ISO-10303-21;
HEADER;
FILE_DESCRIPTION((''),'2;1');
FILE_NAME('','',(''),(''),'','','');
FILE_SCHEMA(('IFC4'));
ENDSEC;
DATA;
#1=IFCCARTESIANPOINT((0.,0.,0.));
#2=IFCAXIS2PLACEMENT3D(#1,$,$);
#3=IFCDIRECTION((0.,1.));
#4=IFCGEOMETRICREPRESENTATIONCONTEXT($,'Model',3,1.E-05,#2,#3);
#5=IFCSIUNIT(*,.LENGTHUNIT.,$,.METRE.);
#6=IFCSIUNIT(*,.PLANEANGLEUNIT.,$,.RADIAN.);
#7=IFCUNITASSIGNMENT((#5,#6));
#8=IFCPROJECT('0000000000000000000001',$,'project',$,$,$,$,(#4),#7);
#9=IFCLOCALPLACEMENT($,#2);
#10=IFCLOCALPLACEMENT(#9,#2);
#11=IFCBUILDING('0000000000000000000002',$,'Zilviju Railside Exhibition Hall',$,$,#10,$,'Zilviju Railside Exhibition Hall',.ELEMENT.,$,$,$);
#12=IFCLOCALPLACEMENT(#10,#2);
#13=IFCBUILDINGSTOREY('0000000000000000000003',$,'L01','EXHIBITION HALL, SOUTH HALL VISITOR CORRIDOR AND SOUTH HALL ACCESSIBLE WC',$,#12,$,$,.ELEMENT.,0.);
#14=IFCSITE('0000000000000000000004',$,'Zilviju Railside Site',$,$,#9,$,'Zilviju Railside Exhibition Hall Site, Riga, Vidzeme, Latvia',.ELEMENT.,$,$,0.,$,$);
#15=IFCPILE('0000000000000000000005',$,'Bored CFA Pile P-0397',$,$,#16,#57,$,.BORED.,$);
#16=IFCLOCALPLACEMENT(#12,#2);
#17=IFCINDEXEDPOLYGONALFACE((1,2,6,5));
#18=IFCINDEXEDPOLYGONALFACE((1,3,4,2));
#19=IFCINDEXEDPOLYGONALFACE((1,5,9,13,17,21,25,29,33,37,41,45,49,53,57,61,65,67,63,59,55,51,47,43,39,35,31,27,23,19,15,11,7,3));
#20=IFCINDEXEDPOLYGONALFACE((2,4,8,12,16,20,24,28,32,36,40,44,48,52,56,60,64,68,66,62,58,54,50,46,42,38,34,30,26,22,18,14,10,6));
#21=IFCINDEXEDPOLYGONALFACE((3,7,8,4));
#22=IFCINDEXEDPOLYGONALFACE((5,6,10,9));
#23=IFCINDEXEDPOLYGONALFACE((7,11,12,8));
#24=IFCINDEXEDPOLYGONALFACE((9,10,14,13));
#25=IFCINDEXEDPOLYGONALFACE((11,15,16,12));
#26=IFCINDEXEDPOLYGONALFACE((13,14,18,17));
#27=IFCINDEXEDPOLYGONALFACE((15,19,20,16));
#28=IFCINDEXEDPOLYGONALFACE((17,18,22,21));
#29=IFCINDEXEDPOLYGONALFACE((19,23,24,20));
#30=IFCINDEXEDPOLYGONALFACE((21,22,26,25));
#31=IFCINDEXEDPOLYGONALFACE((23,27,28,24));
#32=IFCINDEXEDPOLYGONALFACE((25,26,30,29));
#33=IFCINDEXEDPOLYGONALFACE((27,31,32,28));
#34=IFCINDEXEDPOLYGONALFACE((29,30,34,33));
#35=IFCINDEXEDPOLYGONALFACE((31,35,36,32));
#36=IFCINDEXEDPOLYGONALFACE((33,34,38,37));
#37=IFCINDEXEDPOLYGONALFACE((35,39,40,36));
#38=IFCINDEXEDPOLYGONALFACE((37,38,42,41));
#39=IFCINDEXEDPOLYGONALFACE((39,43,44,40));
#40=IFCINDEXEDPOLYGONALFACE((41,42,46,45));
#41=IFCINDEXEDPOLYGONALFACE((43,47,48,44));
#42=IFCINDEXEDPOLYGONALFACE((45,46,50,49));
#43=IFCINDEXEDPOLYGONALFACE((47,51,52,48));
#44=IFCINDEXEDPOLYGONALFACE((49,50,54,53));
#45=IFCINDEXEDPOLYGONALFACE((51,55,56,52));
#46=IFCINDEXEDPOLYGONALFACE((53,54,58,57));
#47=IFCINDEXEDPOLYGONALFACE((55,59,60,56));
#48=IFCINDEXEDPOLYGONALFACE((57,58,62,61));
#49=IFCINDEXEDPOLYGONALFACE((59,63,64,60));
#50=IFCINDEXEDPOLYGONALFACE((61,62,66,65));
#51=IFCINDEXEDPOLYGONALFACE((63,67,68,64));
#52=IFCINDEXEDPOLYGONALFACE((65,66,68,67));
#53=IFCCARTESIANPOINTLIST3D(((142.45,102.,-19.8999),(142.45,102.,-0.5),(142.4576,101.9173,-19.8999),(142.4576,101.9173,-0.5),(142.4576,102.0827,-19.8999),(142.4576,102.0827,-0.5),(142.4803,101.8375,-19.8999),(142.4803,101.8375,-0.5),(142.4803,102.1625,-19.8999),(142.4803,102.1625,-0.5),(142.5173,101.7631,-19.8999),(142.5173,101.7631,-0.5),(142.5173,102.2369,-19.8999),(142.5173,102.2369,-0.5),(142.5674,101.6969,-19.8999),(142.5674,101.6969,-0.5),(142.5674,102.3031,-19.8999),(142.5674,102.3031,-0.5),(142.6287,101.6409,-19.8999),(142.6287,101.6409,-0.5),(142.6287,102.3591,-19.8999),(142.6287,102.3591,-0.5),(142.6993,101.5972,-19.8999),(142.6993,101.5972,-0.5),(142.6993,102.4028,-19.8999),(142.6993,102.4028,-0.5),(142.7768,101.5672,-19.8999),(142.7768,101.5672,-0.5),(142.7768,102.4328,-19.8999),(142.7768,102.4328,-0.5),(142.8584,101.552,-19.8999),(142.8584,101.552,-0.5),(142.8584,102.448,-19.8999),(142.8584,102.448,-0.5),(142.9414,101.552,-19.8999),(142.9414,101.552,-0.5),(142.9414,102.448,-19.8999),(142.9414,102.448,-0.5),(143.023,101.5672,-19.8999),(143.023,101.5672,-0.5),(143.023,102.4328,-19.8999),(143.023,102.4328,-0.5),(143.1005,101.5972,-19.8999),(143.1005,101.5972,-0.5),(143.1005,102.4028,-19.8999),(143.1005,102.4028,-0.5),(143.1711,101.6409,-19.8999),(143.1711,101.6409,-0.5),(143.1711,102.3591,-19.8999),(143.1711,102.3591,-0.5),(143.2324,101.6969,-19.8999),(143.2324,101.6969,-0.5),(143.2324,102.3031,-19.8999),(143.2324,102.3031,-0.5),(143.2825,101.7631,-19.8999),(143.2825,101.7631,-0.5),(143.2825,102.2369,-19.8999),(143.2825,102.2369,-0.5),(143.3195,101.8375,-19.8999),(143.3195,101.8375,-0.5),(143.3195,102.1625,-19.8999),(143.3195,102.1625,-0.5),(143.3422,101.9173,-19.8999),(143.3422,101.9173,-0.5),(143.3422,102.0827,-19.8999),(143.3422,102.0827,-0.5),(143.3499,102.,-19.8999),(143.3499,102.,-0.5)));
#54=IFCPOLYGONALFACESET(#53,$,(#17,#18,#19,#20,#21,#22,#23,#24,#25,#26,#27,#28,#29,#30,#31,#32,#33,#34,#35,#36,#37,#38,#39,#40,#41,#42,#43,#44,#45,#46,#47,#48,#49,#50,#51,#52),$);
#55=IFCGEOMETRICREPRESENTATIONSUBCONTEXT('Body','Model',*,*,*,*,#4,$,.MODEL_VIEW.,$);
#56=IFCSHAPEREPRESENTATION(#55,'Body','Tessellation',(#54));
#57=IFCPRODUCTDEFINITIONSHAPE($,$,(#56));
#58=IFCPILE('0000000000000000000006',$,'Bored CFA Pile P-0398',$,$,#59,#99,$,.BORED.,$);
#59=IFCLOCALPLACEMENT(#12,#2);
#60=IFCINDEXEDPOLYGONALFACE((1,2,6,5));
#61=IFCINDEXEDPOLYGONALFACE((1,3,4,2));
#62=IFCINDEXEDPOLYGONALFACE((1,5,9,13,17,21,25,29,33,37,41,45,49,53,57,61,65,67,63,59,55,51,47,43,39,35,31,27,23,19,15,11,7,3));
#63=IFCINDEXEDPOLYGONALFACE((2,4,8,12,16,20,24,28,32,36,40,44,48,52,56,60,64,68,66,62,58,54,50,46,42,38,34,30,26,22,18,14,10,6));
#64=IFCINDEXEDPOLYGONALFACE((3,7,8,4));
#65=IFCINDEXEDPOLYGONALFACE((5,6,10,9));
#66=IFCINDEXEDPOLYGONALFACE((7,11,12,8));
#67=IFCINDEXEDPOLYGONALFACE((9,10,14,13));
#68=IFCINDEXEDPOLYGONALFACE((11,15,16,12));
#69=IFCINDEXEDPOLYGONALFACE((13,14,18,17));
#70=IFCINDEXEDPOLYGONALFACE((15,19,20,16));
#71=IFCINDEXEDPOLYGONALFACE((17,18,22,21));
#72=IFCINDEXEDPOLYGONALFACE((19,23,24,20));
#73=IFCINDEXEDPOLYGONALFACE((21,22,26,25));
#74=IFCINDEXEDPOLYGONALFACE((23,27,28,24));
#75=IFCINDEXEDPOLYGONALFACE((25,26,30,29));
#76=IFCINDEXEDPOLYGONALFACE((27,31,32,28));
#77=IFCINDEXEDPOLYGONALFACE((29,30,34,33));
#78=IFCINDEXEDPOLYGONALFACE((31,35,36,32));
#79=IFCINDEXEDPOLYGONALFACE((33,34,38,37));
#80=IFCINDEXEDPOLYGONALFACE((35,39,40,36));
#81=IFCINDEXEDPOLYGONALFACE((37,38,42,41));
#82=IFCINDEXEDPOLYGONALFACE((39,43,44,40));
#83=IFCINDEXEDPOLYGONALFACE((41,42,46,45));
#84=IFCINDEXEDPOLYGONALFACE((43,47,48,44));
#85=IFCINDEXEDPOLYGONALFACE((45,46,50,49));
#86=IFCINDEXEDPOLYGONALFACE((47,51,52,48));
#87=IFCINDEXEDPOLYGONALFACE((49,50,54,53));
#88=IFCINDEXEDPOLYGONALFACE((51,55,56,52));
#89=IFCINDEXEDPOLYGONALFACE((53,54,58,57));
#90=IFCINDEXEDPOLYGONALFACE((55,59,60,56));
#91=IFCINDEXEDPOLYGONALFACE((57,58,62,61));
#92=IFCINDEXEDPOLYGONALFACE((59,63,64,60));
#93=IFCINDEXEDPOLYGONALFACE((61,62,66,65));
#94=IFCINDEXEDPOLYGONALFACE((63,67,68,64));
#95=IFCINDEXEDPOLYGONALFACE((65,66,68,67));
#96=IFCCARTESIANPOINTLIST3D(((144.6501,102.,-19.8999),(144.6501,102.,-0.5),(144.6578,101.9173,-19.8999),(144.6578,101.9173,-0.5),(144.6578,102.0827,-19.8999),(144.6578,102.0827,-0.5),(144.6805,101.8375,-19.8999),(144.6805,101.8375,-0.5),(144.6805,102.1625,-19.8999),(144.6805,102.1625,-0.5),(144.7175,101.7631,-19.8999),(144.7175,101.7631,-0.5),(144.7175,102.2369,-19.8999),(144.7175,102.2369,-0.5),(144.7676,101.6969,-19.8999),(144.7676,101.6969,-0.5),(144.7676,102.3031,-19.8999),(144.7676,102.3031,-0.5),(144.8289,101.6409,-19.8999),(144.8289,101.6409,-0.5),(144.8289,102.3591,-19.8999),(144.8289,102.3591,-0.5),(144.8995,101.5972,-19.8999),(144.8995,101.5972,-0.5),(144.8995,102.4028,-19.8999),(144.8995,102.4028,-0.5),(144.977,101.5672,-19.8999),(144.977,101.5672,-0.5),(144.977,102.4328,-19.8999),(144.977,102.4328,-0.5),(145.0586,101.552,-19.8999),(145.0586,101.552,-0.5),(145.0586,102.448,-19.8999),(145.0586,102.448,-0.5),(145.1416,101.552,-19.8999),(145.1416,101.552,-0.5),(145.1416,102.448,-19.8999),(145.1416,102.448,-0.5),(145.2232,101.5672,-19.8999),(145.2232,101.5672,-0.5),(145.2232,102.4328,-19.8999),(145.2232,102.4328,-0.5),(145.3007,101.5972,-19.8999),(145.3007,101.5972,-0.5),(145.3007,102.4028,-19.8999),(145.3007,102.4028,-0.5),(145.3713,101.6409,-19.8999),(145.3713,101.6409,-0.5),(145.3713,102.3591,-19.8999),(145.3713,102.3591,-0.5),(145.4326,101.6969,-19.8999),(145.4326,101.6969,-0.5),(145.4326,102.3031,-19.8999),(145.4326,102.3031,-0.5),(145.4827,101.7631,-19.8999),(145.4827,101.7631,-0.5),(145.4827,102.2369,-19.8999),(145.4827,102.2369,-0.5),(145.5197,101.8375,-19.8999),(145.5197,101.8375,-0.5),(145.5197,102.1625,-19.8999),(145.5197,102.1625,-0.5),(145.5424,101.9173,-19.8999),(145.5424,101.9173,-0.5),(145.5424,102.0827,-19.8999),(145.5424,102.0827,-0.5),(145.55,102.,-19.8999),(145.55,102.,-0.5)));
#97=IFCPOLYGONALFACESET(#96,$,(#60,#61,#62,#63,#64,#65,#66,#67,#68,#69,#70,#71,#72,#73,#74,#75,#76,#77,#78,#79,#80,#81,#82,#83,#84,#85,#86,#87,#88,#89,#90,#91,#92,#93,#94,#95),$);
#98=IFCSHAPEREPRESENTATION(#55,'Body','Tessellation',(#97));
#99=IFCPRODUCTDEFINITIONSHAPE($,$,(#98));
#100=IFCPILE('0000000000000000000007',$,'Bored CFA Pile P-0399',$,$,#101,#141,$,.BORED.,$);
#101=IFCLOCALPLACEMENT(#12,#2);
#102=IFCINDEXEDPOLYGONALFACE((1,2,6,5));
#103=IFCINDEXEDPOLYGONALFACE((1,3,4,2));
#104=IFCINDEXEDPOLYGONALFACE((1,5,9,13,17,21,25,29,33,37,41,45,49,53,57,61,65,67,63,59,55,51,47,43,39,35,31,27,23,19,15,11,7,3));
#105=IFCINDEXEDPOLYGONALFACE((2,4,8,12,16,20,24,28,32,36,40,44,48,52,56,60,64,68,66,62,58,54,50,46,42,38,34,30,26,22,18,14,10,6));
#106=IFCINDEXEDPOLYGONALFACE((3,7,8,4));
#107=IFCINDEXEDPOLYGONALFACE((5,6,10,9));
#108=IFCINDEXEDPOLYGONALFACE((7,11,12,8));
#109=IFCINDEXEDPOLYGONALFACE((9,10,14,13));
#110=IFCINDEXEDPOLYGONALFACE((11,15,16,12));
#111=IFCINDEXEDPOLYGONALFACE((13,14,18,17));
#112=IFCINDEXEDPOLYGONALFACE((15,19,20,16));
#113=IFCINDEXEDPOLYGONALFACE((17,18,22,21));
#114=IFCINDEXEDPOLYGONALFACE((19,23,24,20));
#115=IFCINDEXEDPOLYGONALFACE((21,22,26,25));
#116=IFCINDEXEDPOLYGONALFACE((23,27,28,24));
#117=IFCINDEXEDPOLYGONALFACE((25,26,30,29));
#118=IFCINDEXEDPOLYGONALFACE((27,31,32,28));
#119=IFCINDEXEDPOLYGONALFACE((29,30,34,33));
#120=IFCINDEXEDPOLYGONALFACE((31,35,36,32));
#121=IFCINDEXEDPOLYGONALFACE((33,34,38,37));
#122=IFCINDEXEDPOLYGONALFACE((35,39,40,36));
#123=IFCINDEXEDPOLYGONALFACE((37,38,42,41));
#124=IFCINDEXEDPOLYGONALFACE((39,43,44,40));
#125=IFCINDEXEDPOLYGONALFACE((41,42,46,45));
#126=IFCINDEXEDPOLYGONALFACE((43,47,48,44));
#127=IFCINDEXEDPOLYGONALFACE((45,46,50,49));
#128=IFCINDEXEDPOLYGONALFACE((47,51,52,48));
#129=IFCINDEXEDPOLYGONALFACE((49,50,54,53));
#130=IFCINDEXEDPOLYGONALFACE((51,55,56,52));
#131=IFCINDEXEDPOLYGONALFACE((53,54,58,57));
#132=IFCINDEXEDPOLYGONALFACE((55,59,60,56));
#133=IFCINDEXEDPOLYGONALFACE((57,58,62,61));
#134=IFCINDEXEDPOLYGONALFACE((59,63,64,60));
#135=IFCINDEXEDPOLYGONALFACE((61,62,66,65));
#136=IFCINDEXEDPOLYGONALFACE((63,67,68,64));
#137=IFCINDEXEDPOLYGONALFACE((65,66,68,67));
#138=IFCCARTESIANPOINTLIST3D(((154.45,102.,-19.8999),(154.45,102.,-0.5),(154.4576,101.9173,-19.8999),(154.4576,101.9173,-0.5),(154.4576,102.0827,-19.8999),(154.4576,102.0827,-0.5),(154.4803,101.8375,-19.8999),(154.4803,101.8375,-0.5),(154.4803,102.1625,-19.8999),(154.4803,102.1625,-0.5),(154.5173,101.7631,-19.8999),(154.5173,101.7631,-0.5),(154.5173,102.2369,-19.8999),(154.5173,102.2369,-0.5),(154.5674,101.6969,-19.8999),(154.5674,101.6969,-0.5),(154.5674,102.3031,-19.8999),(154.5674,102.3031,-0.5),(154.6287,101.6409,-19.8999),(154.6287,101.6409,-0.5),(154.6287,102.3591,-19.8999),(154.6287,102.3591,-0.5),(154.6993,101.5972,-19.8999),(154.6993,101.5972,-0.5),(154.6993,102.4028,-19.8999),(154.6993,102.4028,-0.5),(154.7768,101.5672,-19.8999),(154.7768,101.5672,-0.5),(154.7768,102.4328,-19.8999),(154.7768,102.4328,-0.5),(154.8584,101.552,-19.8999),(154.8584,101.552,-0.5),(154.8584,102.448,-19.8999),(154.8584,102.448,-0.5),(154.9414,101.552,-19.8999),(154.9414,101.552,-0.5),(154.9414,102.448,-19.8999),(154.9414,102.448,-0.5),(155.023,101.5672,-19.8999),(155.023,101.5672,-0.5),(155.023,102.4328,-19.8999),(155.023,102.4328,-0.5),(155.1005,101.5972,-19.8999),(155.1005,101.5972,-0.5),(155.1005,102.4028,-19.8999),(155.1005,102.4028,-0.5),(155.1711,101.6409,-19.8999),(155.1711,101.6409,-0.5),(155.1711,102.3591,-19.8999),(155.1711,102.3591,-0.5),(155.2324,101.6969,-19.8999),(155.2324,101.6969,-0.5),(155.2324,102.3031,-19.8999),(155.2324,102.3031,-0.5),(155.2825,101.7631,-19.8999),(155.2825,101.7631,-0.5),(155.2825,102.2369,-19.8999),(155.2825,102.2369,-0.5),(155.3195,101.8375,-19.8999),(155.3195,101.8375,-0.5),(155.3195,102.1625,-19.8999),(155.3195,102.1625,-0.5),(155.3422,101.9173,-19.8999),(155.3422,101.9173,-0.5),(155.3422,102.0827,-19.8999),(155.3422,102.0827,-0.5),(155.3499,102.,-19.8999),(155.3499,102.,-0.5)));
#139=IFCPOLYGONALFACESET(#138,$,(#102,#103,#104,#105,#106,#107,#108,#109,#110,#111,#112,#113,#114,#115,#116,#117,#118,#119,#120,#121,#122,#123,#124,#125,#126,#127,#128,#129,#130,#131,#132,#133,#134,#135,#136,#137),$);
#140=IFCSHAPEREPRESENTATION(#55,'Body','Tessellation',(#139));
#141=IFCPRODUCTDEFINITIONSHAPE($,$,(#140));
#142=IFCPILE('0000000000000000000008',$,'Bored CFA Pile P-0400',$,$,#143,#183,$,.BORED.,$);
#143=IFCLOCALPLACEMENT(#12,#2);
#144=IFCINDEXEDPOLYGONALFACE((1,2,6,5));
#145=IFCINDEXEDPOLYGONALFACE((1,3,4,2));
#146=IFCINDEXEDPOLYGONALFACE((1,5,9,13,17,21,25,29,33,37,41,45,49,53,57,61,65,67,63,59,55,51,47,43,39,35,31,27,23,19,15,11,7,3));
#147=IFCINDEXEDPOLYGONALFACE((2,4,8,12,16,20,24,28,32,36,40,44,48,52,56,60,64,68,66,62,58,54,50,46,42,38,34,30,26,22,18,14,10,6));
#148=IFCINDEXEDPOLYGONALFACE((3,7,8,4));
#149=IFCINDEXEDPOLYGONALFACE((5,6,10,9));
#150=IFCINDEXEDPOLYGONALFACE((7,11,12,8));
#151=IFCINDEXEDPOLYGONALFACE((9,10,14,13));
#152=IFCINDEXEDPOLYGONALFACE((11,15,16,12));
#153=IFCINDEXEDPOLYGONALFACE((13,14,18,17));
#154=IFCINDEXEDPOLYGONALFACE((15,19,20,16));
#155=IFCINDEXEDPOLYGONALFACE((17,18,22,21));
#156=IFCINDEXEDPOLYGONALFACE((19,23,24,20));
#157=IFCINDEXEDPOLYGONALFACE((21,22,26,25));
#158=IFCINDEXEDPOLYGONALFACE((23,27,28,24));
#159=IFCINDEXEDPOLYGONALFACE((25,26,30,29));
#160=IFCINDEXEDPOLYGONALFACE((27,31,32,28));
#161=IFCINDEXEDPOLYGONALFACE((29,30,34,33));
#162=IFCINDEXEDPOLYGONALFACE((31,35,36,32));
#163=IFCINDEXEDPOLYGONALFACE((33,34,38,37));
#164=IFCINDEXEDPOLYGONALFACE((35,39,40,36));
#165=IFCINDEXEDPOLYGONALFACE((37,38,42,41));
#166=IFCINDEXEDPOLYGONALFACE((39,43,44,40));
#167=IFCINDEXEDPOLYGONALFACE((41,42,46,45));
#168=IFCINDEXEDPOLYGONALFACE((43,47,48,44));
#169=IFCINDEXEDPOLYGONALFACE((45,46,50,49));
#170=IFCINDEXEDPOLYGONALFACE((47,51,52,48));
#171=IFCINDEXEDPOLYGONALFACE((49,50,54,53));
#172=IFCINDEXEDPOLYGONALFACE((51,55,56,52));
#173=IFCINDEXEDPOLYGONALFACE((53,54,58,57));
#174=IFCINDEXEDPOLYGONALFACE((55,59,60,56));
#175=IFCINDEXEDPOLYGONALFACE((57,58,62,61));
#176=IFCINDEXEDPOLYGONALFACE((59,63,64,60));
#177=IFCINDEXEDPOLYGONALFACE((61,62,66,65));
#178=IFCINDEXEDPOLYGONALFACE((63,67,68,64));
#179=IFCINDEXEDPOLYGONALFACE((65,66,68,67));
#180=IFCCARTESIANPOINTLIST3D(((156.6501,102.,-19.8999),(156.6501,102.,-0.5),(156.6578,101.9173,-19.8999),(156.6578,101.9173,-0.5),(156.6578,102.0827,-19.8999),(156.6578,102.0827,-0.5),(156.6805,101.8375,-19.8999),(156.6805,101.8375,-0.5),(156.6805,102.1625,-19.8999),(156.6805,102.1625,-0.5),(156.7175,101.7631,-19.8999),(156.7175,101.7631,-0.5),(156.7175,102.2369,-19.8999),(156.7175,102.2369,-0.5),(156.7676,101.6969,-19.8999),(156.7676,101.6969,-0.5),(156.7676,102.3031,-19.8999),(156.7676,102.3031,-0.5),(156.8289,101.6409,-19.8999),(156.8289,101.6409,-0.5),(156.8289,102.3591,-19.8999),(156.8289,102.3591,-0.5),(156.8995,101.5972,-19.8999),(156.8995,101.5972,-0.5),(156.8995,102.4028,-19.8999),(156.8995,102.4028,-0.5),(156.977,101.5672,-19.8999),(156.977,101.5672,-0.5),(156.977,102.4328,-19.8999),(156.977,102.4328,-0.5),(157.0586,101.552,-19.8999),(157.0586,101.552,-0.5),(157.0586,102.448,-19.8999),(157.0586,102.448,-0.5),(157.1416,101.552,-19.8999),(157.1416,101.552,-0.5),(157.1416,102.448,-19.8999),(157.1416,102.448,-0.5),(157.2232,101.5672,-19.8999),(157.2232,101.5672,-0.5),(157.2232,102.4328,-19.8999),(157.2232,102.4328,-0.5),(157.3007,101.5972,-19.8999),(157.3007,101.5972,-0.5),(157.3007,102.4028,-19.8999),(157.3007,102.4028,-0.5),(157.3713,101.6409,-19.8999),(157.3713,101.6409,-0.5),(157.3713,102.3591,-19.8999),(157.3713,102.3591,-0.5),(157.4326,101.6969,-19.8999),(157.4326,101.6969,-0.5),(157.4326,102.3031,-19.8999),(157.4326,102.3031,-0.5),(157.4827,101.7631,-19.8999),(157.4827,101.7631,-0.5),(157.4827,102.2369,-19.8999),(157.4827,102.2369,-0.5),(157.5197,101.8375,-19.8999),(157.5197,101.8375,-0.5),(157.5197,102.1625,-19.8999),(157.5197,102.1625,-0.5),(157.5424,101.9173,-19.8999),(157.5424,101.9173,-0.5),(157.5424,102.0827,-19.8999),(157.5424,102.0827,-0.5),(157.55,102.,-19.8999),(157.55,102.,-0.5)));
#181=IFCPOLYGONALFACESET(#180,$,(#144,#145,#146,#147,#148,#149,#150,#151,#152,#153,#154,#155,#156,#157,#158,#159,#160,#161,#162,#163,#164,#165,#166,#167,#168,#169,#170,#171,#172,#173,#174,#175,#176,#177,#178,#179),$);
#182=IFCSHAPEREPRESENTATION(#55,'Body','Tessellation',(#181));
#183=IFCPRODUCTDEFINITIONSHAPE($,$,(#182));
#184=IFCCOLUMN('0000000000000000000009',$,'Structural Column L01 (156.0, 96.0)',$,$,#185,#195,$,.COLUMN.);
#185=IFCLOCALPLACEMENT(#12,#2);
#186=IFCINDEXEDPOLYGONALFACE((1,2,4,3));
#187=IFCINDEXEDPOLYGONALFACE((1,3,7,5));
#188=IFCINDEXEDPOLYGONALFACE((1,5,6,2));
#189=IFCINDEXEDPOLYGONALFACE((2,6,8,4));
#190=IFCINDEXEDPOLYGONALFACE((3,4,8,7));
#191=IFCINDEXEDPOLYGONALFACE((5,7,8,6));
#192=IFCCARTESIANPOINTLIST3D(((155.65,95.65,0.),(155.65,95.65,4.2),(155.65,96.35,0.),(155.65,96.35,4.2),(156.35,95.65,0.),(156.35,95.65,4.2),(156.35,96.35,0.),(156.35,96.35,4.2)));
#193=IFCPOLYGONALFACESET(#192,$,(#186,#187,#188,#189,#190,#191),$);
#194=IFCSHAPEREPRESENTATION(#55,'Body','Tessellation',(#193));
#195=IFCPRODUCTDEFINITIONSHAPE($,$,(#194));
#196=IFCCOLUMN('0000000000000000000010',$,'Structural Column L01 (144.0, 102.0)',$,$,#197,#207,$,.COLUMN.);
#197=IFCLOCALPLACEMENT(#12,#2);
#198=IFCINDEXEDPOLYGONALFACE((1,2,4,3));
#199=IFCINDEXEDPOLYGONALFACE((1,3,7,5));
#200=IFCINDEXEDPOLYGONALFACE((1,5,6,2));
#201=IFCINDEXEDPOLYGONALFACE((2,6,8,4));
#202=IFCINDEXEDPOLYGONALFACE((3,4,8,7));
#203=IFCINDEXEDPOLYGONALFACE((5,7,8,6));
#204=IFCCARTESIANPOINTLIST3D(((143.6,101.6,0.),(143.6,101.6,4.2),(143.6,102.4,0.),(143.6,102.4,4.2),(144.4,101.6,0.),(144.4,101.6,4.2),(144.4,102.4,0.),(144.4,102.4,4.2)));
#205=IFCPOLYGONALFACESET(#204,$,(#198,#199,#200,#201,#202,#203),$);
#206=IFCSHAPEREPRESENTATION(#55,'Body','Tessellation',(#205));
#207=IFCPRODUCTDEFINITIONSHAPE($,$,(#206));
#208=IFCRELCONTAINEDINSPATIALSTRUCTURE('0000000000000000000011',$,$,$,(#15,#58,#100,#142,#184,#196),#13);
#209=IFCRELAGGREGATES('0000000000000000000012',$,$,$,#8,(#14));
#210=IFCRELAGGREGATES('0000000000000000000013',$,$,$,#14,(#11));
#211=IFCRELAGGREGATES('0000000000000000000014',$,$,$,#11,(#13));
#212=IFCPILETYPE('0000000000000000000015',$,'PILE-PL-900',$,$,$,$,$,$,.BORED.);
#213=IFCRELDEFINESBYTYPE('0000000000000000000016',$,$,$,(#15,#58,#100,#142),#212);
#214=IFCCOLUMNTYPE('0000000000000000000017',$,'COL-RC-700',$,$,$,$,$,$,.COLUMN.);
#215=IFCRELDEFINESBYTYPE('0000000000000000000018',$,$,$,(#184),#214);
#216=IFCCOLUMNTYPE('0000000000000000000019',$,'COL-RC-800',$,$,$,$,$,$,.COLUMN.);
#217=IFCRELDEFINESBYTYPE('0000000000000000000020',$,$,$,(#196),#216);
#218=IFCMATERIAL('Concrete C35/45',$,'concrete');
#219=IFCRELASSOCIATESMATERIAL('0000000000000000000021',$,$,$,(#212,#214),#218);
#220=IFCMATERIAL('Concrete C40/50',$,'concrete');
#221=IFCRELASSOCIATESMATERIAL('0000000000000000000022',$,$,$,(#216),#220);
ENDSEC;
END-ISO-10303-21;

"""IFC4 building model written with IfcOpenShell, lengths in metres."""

from ifc_helpers import new_model, si_unit, direction, frame, origin, origin_2d, place, context, subcontext, project, spatial, rectangle, circle, extrude, material, material_profile, profile_set, type_object, element, save


model = new_model("IFC4")

# Units and contexts
model_context = context("Model", 3, precision=1e-05, world=origin(), true_north=direction((0.0, 1.0)))
body_context = subcontext(model_context, "Body", "Model", "MODEL_VIEW")
ifc_project = project(units=[si_unit("LENGTHUNIT", "METRE"), si_unit("PLANEANGLEUNIT", "RADIAN")], contexts=[model_context])

# Site, building, storey
site_placement = place(None, origin())
site = spatial("IfcSite", under=ifc_project, at=site_placement, Name="Zilviju Railside Site", LongName="Zilviju Railside Exhibition Hall Site, Riga, Vidzeme, Latvia", CompositionType="ELEMENT", RefElevation=0.0)
building_placement = place(site_placement, origin())
building = spatial("IfcBuilding", under=site, at=building_placement, Name="Zilviju Railside Exhibition Hall", LongName="Zilviju Railside Exhibition Hall", CompositionType="ELEMENT")
storey_placement = place(building_placement, origin())
storey = spatial("IfcBuildingStorey", under=building, at=storey_placement, Name="L01", Description="EXHIBITION HALL, SOUTH HALL VISITOR CORRIDOR AND SOUTH HALL ACCESSIBLE WC", CompositionType="ELEMENT", Elevation=0.0)

# Shared definitions
ifc_material_1 = material(Name="Concrete C35/45", Category="concrete")

# Piles
ifc_material_profile_1 = material_profile(ifc_material_1, circle(Radius=0.45, at=origin_2d()), Name="CFA PILE D900")
ifc_profile_set_1 = profile_set([ifc_material_profile_1], Name="Concrete C35/45")
pile_type_1 = type_object("IfcPileType", Name="PILE-PL-900", PredefinedType="BORED", material=ifc_profile_set_1)
for number, where, z_axis, x_axis, name in (
    (1, (142.8999, 102.0, -0.5), (0.0, 0.0, -1.0), (1.0, 0.0, 0.0), "Bored CFA Pile P-0397"),
    (2, (145.1001, 102.0, -0.5), (0.0, 0.0, -1.0), (1.0, 0.0, 0.0), "Bored CFA Pile P-0398"),
    (3, (154.8999, 102.0, -0.5), (0.0, 0.0, -1.0), (1.0, 0.0, 0.0), "Bored CFA Pile P-0399"),
    (4, (157.1001, 102.0, -0.5), (0.0, 0.0, -1.0), (1.0, 0.0, 0.0), "Bored CFA Pile P-0400"),
):
    element("IfcPile", number, at=place(storey_placement, frame(where, z_axis=z_axis, x_axis=x_axis)), inside=storey, type_object=pile_type_1, Name=name, PredefinedType="BORED", context=body_context, shape_type="SweptSolid", body=[
        extrude(circle(Radius=0.45, at=origin_2d()), origin(), (0.0, 0.0, 1.0), 19.3999),
    ])

# Columns
ifc_material_profile_2 = material_profile(ifc_material_1, rectangle(XDim=0.7, YDim=0.7, at=origin_2d()), Name="RC COL 700x700")
ifc_profile_set_2 = profile_set([ifc_material_profile_2], Name="Concrete C35/45")
column_type_1 = type_object("IfcColumnType", Name="COL-RC-700", PredefinedType="COLUMN", material=ifc_profile_set_2)
column_placement = place(storey_placement, frame((156.0, 96.0, 0.0), z_axis=(0.0, 0.0, 1.0), x_axis=(1.0, 0.0, 0.0)))
element("IfcColumn", 5, at=column_placement, inside=storey, type_object=column_type_1, Name="Structural Column L01 (156.0, 96.0)", PredefinedType="COLUMN", context=body_context, shape_type="SweptSolid", body=[
    extrude(rectangle(XDim=0.7, YDim=0.7, at=origin_2d()), origin(), (0.0, 0.0, 1.0), 4.2),
])
ifc_material_2 = material(Name="Concrete C40/50", Category="concrete")
ifc_material_profile_3 = material_profile(ifc_material_2, rectangle(XDim=0.8, YDim=0.8, at=origin_2d()), Name="RC COL 800x800")
ifc_profile_set_3 = profile_set([ifc_material_profile_3], Name="Concrete C40/50")
column_type_2 = type_object("IfcColumnType", Name="COL-RC-800", PredefinedType="COLUMN", material=ifc_profile_set_3)
for number, where, z_axis, x_axis, name in (
    (6, (144.0, 102.0, 0.0), (0.0, 0.0, 1.0), (1.0, 0.0, 0.0), "Structural Column L01 (144.0, 102.0)"),
):
    element("IfcColumn", number, at=place(storey_placement, frame(where, z_axis=z_axis, x_axis=x_axis)), inside=storey, type_object=column_type_2, Name=name, PredefinedType="COLUMN", context=body_context, shape_type="SweptSolid", body=[
        extrude(rectangle(XDim=0.8, YDim=0.8, at=origin_2d()), origin(), (0.0, 0.0, 1.0), 4.2),
    ])

save(model, "model.ifc")
